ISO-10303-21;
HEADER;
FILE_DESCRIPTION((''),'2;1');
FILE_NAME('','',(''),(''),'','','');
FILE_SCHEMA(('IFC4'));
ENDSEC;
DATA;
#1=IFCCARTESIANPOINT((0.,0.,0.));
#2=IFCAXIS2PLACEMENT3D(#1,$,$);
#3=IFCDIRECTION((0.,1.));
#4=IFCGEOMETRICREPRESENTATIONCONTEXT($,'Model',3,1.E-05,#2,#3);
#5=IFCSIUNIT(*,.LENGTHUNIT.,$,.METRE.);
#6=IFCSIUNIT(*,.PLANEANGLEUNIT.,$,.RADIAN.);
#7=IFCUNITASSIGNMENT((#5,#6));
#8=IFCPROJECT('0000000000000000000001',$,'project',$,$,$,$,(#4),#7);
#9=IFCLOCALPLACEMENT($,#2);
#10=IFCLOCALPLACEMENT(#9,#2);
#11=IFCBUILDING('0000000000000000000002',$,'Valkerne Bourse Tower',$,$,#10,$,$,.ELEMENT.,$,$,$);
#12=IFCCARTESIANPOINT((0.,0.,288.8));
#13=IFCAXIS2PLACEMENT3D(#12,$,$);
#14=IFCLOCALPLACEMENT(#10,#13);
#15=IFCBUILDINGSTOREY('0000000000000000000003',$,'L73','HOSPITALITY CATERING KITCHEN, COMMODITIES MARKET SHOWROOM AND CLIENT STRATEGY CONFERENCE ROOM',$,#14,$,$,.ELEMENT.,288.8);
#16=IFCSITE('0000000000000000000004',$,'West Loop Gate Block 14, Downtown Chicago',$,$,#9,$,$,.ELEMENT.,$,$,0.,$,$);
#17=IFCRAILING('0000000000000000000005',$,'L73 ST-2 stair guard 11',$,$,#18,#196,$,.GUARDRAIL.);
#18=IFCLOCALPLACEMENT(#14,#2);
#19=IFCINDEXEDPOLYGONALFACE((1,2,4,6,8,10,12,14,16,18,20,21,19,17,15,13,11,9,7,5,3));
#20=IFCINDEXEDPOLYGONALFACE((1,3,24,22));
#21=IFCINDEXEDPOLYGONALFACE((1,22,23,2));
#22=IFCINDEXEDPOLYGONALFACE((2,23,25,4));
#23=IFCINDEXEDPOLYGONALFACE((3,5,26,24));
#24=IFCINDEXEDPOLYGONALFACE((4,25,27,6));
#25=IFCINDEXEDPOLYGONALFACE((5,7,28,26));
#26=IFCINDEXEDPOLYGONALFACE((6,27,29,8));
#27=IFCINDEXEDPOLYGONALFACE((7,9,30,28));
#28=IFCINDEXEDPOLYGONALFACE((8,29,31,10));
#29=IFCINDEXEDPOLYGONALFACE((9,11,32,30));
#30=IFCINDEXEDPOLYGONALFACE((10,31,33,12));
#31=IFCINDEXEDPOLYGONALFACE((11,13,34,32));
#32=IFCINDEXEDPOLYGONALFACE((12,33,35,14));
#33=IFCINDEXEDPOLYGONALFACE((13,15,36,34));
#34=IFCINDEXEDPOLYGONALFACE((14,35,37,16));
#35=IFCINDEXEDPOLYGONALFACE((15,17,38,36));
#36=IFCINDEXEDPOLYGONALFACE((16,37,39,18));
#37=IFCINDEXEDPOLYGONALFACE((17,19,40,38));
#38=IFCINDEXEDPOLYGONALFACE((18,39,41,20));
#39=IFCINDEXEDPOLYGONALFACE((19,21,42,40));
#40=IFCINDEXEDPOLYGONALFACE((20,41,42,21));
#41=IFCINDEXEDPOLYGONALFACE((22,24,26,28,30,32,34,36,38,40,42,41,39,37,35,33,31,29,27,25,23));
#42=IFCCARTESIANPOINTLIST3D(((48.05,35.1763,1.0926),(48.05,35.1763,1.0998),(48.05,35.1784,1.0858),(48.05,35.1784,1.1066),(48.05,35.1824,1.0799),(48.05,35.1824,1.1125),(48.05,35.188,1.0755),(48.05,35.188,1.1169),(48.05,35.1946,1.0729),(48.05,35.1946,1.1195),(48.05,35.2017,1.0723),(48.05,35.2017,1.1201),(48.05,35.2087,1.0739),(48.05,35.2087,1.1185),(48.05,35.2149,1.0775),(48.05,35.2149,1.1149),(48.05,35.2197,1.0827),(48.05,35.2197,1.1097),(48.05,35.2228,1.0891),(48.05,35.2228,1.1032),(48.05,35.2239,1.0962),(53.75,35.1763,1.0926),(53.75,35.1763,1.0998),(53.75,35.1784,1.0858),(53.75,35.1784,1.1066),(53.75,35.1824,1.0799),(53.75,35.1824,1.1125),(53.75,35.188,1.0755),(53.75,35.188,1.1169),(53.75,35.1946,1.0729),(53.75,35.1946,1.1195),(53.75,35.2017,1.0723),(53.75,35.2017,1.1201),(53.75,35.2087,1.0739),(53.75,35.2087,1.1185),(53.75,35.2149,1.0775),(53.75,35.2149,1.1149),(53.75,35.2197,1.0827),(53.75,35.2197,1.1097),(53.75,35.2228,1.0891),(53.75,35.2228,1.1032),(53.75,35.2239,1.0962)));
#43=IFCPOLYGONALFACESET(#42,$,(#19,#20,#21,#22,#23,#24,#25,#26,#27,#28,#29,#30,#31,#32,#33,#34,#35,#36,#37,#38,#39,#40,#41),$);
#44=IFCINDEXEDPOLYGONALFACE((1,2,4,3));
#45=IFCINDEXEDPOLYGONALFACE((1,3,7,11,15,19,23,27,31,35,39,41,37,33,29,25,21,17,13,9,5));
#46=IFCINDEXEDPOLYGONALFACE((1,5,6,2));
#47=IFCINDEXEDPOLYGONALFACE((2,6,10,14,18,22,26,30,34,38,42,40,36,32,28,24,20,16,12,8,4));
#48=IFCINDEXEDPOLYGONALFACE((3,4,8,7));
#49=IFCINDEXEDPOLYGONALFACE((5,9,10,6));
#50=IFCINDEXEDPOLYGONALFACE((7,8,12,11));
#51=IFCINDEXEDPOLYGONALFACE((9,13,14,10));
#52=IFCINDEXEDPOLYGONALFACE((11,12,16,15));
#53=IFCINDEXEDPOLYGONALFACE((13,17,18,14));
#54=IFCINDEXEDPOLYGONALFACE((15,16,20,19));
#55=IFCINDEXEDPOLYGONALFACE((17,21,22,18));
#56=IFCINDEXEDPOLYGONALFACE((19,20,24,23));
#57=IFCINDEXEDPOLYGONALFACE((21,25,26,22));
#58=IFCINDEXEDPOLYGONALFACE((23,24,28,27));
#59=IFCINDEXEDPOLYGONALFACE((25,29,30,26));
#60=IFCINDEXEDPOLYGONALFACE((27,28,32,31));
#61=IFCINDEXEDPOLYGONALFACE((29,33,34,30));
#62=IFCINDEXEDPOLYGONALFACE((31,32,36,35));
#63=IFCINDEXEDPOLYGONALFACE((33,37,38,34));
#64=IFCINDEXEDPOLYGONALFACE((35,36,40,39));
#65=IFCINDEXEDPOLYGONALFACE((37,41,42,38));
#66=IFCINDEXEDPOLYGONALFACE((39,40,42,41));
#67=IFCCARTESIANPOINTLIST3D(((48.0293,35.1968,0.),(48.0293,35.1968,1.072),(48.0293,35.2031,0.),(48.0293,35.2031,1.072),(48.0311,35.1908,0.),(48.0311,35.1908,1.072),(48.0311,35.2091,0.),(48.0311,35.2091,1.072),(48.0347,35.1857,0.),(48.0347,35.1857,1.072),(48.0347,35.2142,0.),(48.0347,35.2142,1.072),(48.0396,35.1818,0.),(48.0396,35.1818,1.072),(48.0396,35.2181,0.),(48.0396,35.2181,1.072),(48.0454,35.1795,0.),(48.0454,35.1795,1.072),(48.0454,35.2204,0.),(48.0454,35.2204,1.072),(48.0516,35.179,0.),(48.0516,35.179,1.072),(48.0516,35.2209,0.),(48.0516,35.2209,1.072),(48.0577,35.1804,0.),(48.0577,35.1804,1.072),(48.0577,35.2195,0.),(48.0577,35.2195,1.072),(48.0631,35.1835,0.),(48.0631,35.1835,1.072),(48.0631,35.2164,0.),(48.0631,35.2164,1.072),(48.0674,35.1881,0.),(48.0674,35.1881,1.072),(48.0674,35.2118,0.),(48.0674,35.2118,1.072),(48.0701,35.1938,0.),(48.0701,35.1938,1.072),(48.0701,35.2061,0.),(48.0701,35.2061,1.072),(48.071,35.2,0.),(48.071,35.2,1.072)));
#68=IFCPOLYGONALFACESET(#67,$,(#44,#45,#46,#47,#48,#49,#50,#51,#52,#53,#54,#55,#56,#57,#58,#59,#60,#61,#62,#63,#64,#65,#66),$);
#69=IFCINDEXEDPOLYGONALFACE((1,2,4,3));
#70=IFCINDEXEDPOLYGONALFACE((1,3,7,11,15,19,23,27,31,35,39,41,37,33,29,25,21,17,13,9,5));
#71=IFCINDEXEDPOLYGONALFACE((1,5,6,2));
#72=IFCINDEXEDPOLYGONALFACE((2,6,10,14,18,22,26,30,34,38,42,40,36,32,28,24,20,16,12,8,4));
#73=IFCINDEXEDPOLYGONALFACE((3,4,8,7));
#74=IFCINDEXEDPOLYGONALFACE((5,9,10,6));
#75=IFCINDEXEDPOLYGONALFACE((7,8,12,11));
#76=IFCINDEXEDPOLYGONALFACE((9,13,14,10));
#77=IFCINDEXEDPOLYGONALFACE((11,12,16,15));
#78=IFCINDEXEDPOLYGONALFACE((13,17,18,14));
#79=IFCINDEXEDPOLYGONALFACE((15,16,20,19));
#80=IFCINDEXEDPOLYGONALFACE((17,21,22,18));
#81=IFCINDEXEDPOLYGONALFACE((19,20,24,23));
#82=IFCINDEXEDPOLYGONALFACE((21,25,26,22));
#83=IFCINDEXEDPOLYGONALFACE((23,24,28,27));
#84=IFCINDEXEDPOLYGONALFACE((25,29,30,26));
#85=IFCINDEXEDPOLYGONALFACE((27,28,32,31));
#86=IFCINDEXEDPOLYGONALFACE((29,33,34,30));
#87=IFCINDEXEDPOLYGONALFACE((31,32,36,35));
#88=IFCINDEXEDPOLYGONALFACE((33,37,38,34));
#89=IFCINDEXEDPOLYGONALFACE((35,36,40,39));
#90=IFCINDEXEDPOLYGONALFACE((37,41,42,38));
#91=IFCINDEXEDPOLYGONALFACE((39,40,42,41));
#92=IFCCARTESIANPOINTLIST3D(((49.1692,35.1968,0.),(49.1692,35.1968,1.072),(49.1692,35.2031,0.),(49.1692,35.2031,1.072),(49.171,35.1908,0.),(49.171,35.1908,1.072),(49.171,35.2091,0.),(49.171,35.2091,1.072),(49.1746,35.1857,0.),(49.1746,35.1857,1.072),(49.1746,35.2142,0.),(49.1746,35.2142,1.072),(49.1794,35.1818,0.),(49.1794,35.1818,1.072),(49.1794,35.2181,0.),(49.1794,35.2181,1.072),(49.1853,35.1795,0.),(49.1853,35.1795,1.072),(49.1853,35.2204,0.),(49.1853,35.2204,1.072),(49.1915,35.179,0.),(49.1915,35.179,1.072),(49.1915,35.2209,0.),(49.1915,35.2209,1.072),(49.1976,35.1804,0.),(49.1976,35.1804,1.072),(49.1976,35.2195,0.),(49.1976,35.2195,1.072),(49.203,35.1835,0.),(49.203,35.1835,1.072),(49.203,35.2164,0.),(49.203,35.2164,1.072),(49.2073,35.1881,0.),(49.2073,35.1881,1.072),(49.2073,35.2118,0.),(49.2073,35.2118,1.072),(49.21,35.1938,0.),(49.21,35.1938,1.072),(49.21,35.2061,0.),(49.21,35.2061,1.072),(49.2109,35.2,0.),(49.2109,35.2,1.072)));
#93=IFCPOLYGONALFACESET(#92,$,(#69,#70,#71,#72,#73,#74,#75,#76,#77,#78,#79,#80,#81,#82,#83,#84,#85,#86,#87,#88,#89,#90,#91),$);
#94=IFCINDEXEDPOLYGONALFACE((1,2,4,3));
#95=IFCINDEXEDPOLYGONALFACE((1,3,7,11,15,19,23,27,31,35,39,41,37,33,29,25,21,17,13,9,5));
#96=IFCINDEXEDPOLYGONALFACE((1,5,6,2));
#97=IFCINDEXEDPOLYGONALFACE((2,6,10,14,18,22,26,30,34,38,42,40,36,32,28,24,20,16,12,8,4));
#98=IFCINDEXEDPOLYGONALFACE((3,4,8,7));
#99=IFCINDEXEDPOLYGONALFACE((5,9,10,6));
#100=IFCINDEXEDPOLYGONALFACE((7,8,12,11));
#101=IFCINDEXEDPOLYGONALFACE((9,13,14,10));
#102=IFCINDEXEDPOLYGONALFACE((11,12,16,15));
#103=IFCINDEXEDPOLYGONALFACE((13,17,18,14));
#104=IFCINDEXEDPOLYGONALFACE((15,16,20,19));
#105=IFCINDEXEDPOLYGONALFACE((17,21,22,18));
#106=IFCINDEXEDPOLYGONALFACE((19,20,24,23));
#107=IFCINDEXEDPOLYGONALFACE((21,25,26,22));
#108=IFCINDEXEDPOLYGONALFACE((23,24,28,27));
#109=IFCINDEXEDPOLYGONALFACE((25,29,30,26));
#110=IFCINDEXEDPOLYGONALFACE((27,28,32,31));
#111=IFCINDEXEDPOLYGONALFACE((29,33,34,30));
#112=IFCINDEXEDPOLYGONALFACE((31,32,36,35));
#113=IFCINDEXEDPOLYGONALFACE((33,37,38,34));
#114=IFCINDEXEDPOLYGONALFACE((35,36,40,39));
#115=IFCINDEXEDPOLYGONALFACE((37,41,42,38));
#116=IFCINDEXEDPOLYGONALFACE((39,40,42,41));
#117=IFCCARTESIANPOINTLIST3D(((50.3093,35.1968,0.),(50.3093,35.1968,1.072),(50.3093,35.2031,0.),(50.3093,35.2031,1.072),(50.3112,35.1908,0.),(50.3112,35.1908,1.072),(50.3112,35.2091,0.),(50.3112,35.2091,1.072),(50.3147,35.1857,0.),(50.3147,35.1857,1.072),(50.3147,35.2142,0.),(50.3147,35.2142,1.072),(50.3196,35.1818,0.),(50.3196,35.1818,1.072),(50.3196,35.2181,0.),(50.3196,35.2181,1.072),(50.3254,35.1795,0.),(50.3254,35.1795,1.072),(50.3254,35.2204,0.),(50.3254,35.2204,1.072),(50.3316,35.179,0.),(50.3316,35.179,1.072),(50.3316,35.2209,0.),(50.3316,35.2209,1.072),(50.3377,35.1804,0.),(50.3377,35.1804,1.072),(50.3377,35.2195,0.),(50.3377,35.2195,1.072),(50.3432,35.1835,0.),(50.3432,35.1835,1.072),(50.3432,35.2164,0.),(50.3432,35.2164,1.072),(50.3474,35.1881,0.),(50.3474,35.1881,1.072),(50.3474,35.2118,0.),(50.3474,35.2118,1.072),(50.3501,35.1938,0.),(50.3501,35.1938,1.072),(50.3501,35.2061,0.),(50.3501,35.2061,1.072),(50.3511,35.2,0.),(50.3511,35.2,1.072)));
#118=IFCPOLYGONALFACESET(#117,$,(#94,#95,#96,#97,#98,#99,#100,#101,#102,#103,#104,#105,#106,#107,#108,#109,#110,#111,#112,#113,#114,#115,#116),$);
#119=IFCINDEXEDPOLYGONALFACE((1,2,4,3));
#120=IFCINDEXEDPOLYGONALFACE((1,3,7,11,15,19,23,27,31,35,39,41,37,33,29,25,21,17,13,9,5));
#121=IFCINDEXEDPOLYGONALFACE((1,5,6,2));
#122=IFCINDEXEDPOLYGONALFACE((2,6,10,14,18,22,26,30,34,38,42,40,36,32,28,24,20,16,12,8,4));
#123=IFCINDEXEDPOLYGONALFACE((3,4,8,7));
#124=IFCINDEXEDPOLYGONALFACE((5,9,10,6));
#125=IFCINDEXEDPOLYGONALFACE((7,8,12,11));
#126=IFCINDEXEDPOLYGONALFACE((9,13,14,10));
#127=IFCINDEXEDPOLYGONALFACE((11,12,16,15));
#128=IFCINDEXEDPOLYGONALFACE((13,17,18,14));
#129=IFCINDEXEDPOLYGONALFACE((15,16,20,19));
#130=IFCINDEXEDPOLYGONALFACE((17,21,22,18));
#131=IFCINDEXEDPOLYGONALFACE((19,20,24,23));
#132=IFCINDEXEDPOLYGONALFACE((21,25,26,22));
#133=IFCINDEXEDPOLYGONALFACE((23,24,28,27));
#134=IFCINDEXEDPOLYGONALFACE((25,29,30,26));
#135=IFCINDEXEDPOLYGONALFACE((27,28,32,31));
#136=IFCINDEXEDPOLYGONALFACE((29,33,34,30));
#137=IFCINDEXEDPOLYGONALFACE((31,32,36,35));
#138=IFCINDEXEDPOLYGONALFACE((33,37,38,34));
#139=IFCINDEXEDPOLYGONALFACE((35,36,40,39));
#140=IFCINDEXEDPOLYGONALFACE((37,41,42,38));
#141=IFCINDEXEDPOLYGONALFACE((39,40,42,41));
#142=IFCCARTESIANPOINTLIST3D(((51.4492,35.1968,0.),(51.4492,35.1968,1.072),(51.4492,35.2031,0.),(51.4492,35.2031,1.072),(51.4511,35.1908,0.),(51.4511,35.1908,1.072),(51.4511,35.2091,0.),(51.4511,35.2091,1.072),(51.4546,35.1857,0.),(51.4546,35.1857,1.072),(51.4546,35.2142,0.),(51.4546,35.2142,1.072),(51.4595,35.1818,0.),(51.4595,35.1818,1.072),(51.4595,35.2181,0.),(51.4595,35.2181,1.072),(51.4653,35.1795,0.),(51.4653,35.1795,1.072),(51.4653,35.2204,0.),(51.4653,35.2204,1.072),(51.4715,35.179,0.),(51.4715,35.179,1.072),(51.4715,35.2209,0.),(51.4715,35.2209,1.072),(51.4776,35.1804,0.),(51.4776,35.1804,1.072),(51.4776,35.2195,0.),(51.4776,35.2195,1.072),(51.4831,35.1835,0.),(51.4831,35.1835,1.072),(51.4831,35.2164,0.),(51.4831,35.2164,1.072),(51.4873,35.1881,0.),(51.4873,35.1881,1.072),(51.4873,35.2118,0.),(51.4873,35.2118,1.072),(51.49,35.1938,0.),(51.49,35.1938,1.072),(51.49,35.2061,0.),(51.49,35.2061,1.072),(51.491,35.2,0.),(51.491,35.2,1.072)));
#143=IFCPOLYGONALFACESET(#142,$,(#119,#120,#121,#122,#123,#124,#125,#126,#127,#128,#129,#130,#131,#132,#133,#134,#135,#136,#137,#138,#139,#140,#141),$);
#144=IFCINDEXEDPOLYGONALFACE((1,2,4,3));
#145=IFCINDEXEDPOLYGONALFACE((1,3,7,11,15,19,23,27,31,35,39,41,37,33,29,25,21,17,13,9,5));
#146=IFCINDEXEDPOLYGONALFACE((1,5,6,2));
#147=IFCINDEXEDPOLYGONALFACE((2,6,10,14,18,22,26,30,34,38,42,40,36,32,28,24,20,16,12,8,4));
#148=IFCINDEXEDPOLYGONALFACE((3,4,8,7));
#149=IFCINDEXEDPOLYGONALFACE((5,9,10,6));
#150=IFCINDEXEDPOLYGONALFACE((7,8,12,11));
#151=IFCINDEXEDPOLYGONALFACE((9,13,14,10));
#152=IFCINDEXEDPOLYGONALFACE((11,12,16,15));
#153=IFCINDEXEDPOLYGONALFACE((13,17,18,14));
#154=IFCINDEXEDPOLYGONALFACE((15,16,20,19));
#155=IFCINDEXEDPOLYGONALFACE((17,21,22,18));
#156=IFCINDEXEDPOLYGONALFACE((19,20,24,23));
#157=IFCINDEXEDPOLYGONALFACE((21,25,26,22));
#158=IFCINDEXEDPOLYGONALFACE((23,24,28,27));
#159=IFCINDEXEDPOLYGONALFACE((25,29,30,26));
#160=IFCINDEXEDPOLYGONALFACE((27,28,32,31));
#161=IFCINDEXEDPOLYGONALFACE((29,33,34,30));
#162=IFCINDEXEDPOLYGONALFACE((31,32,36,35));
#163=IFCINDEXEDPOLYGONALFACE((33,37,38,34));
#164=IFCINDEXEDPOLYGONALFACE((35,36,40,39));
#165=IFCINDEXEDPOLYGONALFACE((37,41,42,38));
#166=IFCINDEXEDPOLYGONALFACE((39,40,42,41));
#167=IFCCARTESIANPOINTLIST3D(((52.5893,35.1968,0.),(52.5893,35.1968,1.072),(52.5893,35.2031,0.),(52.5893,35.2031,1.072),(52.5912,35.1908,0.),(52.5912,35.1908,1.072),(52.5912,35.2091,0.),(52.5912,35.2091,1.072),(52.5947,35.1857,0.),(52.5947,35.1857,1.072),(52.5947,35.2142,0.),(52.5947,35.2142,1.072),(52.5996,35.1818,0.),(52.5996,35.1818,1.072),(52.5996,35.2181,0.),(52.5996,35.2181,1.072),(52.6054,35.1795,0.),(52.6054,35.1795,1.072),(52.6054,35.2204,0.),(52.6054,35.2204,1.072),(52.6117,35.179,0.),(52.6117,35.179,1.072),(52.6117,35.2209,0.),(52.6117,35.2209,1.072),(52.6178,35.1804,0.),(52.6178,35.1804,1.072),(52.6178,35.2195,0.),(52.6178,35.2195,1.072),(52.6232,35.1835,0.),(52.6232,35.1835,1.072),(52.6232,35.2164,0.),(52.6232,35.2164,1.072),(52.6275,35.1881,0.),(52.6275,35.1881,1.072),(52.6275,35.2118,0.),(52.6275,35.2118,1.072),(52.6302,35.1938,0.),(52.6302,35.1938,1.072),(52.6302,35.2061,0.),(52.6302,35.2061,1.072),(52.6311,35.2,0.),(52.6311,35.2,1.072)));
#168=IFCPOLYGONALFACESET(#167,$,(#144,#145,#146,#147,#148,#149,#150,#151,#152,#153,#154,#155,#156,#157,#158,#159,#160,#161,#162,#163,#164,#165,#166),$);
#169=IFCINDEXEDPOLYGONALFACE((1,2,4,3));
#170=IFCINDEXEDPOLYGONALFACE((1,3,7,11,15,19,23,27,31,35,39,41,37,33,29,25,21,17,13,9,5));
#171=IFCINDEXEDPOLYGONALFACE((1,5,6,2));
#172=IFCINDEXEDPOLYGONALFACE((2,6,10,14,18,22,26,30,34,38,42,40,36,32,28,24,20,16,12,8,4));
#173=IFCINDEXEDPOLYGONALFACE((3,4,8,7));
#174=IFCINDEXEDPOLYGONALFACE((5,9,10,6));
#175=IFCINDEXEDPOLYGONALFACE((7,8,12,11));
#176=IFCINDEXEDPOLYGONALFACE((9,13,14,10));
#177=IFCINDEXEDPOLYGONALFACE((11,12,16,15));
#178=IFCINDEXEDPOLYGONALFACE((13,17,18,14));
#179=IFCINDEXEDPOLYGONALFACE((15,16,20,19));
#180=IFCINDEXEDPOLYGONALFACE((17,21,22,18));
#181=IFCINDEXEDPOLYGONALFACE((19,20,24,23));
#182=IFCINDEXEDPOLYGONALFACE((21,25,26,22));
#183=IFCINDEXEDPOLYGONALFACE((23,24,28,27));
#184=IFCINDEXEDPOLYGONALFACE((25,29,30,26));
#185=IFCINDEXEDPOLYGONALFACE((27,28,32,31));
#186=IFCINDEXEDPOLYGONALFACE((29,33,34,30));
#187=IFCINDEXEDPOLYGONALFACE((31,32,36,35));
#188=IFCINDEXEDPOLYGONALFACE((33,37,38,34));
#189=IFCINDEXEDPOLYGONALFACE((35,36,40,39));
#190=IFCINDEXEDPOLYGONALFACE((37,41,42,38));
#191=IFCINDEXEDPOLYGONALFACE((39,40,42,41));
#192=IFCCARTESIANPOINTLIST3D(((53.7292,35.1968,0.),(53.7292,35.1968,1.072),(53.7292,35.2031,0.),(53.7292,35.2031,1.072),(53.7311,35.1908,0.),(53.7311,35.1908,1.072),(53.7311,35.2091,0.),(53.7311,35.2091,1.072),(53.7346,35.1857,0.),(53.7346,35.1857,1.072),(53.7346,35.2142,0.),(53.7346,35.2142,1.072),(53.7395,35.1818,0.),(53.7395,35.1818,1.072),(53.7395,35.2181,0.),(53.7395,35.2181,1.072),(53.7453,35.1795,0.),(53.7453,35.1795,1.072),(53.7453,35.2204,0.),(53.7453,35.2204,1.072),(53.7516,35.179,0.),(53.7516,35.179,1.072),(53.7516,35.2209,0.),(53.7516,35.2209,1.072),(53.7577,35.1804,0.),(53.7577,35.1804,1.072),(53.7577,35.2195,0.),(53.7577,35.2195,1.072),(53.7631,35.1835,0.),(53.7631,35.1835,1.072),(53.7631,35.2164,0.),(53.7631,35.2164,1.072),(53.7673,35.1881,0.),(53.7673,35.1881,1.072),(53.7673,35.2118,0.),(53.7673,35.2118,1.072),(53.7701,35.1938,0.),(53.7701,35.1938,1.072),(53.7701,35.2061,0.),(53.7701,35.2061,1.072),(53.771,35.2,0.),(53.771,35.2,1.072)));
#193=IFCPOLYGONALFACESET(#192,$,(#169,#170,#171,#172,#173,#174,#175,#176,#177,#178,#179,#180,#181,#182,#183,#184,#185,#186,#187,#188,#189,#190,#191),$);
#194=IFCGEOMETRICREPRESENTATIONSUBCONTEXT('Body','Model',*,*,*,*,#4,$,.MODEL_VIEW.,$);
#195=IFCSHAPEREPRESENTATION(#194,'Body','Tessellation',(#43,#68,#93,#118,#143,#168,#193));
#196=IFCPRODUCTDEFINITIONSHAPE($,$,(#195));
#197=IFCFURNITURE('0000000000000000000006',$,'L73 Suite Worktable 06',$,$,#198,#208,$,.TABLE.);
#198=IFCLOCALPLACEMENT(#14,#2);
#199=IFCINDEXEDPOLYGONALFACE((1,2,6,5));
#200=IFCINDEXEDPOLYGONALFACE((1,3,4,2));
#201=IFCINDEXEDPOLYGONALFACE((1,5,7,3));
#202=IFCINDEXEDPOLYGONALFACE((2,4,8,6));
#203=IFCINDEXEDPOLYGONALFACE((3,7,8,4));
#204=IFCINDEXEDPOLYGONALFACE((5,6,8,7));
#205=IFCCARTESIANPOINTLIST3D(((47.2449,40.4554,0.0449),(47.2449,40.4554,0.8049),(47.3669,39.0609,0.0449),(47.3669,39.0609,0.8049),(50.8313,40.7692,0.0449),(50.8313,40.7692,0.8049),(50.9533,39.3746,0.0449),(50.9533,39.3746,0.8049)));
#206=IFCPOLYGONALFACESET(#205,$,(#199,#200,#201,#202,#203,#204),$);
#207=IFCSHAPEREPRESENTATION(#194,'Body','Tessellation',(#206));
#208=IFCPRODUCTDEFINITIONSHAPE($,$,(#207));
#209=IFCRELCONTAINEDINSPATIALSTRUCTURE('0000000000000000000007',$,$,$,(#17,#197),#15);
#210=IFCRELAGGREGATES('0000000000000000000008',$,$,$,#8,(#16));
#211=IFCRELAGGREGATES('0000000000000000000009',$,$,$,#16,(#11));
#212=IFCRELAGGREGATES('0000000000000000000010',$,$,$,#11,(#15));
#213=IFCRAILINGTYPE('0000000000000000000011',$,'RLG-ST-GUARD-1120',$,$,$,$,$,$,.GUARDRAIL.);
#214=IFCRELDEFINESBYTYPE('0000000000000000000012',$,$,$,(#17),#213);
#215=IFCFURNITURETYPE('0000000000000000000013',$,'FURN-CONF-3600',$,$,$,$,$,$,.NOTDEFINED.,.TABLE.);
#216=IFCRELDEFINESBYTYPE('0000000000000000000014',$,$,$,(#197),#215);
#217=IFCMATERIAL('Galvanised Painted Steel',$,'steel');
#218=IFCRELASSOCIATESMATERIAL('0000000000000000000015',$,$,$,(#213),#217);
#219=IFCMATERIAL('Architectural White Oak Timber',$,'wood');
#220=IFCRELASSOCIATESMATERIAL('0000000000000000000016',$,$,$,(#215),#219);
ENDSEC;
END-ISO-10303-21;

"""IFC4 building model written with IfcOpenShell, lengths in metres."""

from ifc_helpers import new_model, si_unit, direction, frame, origin, origin_2d, place, context, subcontext, project, spatial, rectangle, circle, extrude, material, type_object, element, save


model = new_model("IFC4")

# Units and contexts
model_context = context("Model", 3, precision=1e-05, world=origin(), true_north=direction((0.0, 1.0)))
body_context = subcontext(model_context, "Body", "Model", "MODEL_VIEW")
ifc_project = project(units=[si_unit("LENGTHUNIT", "METRE"), si_unit("PLANEANGLEUNIT", "RADIAN")], contexts=[model_context])

# Site, building, storey
site_placement = place(None, origin())
site = spatial("IfcSite", under=ifc_project, at=site_placement, Name="West Loop Gate Block 14, Downtown Chicago", CompositionType="ELEMENT", RefElevation=0.0)
building_placement = place(site_placement, origin())
building = spatial("IfcBuilding", under=site, at=building_placement, Name="Valkerne Bourse Tower", CompositionType="ELEMENT")
storey_placement = place(building_placement, frame((0.0, 0.0, 288.8)))
storey = spatial("IfcBuildingStorey", under=building, at=storey_placement, Name="L73", Description="HOSPITALITY CATERING KITCHEN, COMMODITIES MARKET SHOWROOM AND CLIENT STRATEGY CONFERENCE ROOM", CompositionType="ELEMENT", Elevation=288.8)

# Railing
ifc_material_1 = material(Name="Galvanised Painted Steel", Category="steel")
railing_type = type_object("IfcRailingType", Name="RLG-ST-GUARD-1120", PredefinedType="GUARDRAIL", material=ifc_material_1)
railing_placement = place(storey_placement, frame((48.05, 35.2, 0.0)))
element("IfcRailing", 1, at=railing_placement, inside=storey, type_object=railing_type, Name="L73 ST-2 stair guard 11", PredefinedType="GUARDRAIL", context=body_context, shape_type="SweptSolid", body=[
    extrude(circle(Radius=0.0239, at=origin_2d()), frame((0.0, 0.0, 1.0962), z_axis=(1.0, 0.0, 0.0), x_axis=(0.0, 1.0, 0.0)), (0.0, 0.0, 1.0), 5.7),
    extrude(circle(Radius=0.021, at=origin_2d()), origin(), (0.0, 0.0, 1.0), 1.072),
    extrude(circle(Radius=0.021, at=origin_2d()), frame((1.1399, 0.0, 0.0)), (0.0, 0.0, 1.0), 1.072),
    extrude(circle(Radius=0.021, at=origin_2d()), frame((2.28, 0.0, 0.0)), (0.0, 0.0, 1.0), 1.072),
    extrude(circle(Radius=0.021, at=origin_2d()), frame((3.4199, 0.0, 0.0)), (0.0, 0.0, 1.0), 1.072),
    extrude(circle(Radius=0.021, at=origin_2d()), frame((4.5601, 0.0, 0.0)), (0.0, 0.0, 1.0), 1.072),
    extrude(circle(Radius=0.021, at=origin_2d()), frame((5.7, 0.0, 0.0)), (0.0, 0.0, 1.0), 1.072),
])

# Furniture
ifc_material_2 = material(Name="Architectural White Oak Timber", Category="wood")
furniture_type_1 = type_object("IfcFurnitureType", Name="FURN-CONF-3600", AssemblyPlace="NOTDEFINED", PredefinedType="TABLE", material=ifc_material_2)
furniture_1_placement = place(storey_placement, frame((49.0991, 39.915, 0.0449), z_axis=(0.0, 0.0, 1.0), x_axis=(0.996195, 0.087156, 0.0)))
element("IfcFurniture", 2, at=furniture_1_placement, inside=storey, type_object=furniture_type_1, Name="L73 Suite Worktable 06", PredefinedType="TABLE", context=body_context, shape_type="SweptSolid", body=[
    extrude(rectangle(XDim=3.6001, YDim=1.3999, at=origin_2d()), origin(), (0.0, 0.0, 1.0), 0.76),
])

save(model, "model.ifc")
